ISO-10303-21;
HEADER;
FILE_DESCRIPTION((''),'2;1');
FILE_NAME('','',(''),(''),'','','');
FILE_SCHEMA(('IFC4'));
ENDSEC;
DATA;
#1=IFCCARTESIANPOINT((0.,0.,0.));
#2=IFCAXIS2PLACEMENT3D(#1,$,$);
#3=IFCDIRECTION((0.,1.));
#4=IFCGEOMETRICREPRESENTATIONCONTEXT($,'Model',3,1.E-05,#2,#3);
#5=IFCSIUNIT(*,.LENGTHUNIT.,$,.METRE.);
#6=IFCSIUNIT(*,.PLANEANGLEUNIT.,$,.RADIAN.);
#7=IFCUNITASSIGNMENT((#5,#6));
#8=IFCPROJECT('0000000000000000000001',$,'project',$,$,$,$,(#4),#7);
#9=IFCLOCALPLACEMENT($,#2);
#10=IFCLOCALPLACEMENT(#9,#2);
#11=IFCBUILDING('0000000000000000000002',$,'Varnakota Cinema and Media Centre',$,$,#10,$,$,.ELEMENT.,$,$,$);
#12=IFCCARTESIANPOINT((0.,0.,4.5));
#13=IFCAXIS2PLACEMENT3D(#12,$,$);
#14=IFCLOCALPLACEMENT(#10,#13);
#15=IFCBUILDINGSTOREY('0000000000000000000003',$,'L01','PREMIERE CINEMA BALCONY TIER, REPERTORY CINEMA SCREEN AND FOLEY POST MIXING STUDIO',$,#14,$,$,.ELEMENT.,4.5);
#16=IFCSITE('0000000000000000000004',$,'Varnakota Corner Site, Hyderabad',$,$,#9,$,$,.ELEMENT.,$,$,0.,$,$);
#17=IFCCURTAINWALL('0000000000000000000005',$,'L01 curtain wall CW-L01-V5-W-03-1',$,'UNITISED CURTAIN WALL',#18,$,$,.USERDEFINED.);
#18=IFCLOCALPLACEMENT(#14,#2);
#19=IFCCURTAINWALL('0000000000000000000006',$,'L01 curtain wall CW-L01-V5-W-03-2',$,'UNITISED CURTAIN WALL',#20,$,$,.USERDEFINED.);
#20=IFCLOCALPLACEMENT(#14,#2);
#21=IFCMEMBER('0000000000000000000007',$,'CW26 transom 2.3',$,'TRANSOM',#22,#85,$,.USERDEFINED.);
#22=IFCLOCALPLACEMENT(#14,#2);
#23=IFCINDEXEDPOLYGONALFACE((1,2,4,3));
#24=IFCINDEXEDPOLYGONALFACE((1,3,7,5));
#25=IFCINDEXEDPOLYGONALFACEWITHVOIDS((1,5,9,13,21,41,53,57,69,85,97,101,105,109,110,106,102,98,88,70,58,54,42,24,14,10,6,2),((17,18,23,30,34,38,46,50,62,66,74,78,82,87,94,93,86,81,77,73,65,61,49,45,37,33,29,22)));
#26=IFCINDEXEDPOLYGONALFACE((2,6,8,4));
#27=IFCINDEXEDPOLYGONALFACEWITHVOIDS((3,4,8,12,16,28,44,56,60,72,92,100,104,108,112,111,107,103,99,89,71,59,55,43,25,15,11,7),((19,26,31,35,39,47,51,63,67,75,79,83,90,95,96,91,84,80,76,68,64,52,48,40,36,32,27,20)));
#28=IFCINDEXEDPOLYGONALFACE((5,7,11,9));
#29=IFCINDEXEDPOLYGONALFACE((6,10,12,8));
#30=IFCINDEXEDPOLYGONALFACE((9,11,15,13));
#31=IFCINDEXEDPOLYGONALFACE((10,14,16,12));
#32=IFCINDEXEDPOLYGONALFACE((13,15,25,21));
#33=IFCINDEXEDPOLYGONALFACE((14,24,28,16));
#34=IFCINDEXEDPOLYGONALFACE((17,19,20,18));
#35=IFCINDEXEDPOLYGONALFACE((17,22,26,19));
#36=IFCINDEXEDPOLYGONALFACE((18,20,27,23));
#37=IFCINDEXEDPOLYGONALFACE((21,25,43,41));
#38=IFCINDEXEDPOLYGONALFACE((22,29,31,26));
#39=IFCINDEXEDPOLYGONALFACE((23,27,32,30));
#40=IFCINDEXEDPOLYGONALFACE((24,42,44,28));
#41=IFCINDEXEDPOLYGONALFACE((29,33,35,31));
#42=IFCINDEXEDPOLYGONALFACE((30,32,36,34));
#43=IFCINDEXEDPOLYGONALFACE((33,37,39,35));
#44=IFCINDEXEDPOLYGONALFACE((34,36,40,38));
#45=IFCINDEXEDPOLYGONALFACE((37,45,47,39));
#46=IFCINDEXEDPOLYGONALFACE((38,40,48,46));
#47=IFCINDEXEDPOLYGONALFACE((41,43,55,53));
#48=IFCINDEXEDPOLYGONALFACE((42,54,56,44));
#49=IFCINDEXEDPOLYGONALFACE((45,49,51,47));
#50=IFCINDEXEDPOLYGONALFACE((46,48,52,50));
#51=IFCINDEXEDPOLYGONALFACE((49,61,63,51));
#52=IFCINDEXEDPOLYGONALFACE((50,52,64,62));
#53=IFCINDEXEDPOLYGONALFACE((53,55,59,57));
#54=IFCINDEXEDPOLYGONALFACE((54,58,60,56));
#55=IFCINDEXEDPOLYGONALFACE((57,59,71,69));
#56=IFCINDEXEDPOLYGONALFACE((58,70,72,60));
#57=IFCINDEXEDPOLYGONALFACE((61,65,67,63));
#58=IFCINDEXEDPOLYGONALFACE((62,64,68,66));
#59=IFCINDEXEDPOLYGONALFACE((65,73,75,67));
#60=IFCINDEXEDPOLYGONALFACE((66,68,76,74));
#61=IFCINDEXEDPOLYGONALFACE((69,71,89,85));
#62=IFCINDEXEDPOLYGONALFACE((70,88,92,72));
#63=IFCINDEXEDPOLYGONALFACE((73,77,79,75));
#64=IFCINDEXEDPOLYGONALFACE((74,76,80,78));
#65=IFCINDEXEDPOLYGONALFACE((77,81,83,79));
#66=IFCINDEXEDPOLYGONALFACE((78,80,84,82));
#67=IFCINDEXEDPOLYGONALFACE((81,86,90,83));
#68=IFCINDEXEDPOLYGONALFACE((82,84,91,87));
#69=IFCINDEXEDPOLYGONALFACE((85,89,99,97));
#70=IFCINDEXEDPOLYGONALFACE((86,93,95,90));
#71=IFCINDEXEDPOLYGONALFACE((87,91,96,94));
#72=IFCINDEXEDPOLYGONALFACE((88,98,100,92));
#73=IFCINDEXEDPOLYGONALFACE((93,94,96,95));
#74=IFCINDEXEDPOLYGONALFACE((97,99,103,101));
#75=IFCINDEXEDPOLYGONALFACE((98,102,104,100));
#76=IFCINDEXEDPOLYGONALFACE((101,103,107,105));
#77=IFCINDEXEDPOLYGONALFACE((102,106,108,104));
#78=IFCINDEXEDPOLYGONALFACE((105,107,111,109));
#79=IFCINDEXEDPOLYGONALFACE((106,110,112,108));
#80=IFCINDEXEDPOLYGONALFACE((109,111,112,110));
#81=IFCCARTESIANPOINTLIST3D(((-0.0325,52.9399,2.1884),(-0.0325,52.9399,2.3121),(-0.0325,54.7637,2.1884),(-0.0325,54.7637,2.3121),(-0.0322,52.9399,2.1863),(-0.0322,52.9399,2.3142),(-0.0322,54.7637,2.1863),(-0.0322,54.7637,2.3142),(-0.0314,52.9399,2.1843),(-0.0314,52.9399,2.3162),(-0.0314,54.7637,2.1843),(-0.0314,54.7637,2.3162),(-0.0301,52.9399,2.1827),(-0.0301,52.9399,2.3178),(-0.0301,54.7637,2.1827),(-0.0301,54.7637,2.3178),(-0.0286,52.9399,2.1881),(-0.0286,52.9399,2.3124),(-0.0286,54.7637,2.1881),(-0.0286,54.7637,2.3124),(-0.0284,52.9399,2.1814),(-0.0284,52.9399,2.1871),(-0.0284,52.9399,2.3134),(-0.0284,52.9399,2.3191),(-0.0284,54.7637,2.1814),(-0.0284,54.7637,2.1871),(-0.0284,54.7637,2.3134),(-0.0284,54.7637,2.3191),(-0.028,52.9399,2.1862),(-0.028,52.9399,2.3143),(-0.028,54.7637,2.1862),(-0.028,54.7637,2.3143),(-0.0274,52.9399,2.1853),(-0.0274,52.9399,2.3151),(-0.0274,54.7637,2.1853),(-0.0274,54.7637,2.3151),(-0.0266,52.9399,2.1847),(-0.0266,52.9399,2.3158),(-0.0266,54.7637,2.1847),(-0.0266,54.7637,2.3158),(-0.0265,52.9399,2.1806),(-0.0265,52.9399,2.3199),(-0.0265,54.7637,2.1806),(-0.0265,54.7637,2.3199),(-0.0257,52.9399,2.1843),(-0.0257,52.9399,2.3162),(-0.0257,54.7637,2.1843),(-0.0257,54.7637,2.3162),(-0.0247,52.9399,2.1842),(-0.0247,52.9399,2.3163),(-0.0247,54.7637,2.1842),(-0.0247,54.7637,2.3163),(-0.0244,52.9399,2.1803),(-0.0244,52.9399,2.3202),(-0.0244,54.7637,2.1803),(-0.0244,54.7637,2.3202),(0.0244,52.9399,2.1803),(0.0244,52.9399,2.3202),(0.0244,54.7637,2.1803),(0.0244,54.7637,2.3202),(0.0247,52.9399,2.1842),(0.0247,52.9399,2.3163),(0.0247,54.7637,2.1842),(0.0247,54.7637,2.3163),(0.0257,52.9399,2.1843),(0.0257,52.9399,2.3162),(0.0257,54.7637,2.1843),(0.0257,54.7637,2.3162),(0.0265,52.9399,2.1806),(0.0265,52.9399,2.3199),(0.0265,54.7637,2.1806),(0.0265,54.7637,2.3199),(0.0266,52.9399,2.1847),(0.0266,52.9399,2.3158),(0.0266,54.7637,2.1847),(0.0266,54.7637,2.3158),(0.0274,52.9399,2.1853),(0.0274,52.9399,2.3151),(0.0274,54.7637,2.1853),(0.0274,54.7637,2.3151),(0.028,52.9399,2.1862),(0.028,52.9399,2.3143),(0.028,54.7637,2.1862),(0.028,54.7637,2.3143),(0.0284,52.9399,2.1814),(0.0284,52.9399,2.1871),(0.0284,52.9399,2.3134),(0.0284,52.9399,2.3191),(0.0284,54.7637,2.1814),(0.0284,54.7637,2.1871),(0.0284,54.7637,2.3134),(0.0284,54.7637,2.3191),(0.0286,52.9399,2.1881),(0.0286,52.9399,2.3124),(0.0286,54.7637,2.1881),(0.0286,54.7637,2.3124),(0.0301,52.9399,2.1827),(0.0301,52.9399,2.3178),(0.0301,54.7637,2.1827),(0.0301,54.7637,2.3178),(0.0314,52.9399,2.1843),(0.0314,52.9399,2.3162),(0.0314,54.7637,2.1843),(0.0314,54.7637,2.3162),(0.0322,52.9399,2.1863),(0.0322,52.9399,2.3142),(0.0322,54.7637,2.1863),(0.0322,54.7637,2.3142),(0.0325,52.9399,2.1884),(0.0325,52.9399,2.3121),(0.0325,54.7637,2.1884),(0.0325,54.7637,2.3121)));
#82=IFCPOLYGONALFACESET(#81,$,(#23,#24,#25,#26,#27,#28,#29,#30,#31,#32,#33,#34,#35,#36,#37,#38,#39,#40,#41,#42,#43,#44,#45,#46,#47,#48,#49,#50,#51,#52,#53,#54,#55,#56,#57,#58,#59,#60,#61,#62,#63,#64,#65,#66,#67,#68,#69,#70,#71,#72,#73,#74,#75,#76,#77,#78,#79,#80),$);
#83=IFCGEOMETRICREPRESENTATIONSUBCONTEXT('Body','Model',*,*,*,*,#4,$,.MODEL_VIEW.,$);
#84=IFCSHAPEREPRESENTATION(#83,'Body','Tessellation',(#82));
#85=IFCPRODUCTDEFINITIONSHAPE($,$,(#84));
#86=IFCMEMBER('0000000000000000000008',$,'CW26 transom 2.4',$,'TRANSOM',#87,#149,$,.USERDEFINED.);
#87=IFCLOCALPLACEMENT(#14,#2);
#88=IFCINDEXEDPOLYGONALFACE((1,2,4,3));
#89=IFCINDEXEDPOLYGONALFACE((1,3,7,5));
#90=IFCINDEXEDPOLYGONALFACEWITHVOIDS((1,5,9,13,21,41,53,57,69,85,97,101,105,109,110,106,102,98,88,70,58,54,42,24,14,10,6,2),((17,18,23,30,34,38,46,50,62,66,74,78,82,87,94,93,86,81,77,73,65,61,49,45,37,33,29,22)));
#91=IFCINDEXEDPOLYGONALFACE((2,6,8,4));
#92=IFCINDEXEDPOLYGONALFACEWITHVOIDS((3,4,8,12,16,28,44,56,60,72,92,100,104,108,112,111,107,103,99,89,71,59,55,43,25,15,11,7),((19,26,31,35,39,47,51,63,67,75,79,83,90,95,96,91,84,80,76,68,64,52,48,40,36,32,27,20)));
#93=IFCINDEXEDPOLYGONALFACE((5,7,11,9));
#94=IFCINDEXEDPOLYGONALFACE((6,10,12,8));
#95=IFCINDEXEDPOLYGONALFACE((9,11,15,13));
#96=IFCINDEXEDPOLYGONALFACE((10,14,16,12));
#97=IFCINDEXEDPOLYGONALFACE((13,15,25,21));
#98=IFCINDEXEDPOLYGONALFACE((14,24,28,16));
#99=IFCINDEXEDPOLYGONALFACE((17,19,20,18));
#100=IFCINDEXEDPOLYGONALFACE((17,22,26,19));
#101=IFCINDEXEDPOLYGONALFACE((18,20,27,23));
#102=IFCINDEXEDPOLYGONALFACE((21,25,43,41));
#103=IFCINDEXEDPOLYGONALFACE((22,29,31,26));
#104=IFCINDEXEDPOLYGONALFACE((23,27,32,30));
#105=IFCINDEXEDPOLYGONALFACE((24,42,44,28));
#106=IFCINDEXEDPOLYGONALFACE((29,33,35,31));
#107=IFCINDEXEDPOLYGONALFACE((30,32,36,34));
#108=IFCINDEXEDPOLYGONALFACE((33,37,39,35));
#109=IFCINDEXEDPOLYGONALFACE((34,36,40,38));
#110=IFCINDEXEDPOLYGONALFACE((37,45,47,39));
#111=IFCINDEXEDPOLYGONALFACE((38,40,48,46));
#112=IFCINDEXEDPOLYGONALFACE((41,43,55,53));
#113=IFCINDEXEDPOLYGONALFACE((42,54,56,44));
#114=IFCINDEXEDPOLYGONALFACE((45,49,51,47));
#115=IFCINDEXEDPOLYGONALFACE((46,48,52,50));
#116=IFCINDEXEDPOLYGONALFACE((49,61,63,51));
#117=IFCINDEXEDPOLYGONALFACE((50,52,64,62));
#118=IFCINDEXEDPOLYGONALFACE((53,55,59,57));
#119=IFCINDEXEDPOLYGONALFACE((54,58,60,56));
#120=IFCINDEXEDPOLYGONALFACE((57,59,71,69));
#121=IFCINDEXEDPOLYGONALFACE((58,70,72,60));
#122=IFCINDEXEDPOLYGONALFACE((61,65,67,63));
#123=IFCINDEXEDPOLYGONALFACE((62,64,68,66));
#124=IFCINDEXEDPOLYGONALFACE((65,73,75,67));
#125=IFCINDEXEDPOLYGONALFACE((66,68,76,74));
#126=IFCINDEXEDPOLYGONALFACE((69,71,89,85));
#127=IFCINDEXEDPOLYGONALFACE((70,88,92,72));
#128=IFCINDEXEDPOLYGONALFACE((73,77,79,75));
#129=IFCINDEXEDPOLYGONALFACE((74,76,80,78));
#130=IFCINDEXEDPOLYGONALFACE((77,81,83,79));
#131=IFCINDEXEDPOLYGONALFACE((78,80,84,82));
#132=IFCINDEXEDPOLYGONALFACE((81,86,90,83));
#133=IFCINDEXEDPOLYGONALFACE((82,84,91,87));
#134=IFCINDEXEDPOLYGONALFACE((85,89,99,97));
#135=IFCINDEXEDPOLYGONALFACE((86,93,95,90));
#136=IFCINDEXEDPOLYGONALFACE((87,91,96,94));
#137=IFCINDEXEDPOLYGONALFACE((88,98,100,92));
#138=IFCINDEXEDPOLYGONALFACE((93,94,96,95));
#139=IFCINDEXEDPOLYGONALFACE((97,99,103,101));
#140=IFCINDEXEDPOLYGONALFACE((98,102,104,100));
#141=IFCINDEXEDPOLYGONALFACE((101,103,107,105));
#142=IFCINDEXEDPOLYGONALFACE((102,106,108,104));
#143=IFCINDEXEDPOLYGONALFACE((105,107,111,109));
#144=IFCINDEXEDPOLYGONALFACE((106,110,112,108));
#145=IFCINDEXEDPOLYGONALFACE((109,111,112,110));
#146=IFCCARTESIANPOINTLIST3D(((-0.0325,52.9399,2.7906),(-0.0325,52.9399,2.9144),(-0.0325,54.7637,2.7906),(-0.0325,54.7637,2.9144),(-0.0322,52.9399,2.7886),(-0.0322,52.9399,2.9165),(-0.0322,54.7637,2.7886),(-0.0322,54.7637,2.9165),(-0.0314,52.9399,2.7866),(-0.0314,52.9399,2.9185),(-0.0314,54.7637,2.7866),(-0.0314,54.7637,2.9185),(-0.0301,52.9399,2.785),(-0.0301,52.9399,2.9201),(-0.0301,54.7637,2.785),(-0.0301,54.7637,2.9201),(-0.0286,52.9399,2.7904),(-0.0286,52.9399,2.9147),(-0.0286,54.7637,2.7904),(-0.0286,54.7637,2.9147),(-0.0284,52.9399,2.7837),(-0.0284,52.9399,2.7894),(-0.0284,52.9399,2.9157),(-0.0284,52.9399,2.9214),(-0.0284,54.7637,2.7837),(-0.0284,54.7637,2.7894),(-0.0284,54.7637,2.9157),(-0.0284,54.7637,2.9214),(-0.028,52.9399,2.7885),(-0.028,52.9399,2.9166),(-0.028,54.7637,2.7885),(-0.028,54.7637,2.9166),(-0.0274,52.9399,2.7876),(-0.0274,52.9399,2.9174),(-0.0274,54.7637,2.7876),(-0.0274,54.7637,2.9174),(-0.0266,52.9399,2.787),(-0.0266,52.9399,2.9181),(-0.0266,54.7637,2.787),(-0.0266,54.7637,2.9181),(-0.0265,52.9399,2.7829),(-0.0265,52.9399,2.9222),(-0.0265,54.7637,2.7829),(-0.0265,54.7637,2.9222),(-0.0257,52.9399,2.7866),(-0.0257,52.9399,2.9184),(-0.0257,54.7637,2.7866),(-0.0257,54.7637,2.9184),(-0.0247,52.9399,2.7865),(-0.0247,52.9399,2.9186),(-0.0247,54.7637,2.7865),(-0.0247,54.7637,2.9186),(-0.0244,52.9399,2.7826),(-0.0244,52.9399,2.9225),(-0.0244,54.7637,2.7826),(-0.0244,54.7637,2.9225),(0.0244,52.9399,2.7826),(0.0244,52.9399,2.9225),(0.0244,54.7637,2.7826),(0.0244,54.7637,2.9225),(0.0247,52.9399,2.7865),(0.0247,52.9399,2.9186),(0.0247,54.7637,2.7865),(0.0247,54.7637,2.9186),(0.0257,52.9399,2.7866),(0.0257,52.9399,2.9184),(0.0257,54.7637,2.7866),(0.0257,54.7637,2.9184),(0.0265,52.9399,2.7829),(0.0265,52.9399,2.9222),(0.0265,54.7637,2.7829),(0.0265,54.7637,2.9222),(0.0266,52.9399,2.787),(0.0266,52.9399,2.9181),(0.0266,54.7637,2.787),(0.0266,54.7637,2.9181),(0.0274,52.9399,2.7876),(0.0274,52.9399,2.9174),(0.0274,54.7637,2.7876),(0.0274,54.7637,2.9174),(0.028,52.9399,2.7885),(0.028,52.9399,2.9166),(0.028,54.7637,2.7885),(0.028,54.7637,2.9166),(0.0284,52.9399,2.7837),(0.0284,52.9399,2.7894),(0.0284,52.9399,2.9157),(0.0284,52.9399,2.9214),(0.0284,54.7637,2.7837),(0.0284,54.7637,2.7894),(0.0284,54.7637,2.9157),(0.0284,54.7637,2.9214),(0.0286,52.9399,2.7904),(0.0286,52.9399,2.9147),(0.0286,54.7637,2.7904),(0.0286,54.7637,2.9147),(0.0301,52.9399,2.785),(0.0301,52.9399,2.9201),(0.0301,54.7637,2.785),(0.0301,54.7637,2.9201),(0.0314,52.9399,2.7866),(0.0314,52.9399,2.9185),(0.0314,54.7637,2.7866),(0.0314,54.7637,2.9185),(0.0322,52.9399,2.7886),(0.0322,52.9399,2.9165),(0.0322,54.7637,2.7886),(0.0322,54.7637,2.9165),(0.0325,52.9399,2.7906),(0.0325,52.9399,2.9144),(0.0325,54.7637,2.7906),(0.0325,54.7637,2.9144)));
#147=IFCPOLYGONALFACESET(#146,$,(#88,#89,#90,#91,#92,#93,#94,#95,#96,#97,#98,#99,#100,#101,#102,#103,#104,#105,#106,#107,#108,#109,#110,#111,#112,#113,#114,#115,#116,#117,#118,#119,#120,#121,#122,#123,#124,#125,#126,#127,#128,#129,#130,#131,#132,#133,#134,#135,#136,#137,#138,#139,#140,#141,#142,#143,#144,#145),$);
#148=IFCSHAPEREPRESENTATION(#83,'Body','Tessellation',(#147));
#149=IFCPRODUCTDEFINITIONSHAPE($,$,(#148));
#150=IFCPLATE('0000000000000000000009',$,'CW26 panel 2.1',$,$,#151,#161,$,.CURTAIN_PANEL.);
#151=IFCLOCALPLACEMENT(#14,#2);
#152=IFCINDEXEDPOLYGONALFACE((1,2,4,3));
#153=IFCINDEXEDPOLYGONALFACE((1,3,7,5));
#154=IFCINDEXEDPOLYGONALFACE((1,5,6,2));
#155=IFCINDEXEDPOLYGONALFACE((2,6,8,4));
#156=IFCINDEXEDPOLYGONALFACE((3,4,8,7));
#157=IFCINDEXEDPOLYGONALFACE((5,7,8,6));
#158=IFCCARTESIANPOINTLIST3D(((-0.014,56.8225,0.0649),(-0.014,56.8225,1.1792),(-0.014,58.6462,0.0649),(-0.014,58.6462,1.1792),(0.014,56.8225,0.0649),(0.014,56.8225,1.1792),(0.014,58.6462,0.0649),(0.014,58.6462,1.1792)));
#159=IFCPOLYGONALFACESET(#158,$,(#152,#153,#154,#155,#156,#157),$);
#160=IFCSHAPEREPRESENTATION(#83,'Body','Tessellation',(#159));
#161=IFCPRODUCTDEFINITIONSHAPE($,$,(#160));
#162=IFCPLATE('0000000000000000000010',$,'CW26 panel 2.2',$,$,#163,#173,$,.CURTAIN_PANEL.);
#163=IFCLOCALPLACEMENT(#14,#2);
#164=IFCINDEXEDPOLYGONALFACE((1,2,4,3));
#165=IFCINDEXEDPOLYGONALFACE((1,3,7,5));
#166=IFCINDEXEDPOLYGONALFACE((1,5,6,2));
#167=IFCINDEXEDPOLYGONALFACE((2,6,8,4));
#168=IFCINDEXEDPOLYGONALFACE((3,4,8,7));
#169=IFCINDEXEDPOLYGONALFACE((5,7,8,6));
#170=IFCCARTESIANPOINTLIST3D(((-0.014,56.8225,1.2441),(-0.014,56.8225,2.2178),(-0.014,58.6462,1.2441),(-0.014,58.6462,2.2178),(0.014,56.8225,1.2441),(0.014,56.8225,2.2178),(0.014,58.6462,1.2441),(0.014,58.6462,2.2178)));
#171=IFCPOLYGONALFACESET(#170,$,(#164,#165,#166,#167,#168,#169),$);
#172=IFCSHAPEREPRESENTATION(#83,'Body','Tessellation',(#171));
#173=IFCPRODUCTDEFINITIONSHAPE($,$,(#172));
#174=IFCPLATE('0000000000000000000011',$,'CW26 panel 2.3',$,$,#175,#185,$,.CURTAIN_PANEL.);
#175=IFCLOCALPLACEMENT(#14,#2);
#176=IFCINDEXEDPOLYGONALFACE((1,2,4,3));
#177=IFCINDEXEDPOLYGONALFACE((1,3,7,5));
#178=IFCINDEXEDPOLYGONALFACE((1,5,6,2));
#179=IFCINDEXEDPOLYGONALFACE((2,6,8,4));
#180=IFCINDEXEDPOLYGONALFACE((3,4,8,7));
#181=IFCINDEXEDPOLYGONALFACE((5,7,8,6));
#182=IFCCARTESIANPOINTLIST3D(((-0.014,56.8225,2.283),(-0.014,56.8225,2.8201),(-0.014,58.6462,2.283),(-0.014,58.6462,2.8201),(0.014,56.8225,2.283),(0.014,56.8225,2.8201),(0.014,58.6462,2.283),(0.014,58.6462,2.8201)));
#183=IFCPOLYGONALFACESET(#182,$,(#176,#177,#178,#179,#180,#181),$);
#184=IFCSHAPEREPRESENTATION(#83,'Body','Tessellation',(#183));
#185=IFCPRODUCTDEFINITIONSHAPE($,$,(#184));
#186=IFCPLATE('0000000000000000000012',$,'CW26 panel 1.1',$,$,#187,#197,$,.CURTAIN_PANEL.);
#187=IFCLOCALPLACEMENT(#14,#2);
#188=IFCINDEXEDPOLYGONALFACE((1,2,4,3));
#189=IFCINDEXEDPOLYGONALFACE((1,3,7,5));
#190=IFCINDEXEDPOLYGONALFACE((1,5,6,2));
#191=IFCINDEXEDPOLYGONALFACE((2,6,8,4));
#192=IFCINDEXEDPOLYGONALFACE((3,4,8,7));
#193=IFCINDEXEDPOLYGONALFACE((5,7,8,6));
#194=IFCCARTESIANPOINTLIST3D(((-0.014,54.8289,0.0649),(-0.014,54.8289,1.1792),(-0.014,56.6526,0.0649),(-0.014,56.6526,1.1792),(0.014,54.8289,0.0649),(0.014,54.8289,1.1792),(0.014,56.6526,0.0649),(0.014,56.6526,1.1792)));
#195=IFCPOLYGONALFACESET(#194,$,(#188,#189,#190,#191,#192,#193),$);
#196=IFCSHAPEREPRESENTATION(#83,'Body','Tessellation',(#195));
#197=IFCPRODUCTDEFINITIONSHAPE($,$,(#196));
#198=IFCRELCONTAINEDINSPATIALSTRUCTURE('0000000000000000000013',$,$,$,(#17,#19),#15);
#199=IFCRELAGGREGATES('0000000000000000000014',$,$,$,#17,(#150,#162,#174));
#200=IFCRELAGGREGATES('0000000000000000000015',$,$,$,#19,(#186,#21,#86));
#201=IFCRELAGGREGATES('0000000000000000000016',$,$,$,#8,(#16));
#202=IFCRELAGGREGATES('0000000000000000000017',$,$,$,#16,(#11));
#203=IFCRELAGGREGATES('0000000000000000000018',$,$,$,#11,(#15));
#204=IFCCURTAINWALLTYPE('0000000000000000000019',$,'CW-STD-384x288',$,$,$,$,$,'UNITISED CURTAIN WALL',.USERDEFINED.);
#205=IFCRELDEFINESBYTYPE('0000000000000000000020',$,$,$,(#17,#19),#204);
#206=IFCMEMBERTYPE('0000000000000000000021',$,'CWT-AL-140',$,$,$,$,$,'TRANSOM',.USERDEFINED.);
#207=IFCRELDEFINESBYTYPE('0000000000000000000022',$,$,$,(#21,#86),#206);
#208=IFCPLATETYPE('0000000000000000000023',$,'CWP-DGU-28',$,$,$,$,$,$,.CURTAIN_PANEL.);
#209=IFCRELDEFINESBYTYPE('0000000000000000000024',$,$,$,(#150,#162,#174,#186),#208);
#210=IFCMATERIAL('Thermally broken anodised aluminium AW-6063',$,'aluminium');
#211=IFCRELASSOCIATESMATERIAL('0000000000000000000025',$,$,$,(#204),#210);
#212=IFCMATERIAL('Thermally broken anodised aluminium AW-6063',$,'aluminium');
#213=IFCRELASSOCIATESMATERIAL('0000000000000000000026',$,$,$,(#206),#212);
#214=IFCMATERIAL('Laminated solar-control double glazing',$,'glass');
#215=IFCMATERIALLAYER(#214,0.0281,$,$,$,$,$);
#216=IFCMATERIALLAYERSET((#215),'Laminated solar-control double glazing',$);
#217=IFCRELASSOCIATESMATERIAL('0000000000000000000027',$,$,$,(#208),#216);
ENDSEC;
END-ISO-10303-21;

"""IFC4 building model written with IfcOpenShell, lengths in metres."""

from ifc_helpers import new_model, si_unit, direction, frame, origin, origin_2d, place, context, subcontext, project, spatial, rectangle, hollow_rectangle, extrude, material, layer, layer_set, material_profile, profile_set, type_object, element, aggregate, save


model = new_model("IFC4")

# Units and contexts
model_context = context("Model", 3, precision=1e-05, world=origin(), true_north=direction((0.0, 1.0)))
body_context = subcontext(model_context, "Body", "Model", "MODEL_VIEW")
ifc_project = project(units=[si_unit("LENGTHUNIT", "METRE"), si_unit("PLANEANGLEUNIT", "RADIAN")], contexts=[model_context])

# Site, building, storey
site_placement = place(None, origin())
site = spatial("IfcSite", under=ifc_project, at=site_placement, Name="Varnakota Corner Site, Hyderabad", CompositionType="ELEMENT", RefElevation=0.0)
building_placement = place(site_placement, origin())
building = spatial("IfcBuilding", under=site, at=building_placement, Name="Varnakota Cinema and Media Centre", CompositionType="ELEMENT")
storey_placement = place(building_placement, frame((0.0, 0.0, 4.5)))
storey = spatial("IfcBuildingStorey", under=building, at=storey_placement, Name="L01", Description="PREMIERE CINEMA BALCONY TIER, REPERTORY CINEMA SCREEN AND FOLEY POST MIXING STUDIO", CompositionType="ELEMENT", Elevation=4.5)

# Curtain wall
ifc_material_1 = material(Name="Thermally broken anodised aluminium AW-6063", Category="aluminium")
curtain_wall_type = type_object("IfcCurtainWallType", Name="CW-STD-384x288", ElementType="UNITISED CURTAIN WALL", PredefinedType="USERDEFINED", material=ifc_material_1)
curtain_wall_1_placement = place(storey_placement, origin())
curtain_wall_1 = element("IfcCurtainWall", 1, at=curtain_wall_1_placement, inside=storey, type_object=curtain_wall_type, Name="L01 curtain wall CW-L01-V5-W-03-1", ObjectType="UNITISED CURTAIN WALL", PredefinedType="USERDEFINED")

# Curtain wall, members
curtain_wall_2_placement = place(storey_placement, origin())
curtain_wall_2 = element("IfcCurtainWall", 2, at=curtain_wall_2_placement, inside=storey, type_object=curtain_wall_type, Name="L01 curtain wall CW-L01-V5-W-03-2", ObjectType="UNITISED CURTAIN WALL", PredefinedType="USERDEFINED")
ifc_material_2 = material(Name="Thermally broken anodised aluminium AW-6063", Category="aluminium")
ifc_material_profile_1 = material_profile(ifc_material_2, hollow_rectangle(XDim=0.0649, YDim=0.1399, WallThickness=0.0039, InnerFilletRadius=0.0039, OuterFilletRadius=0.0081, at=origin_2d()), Name="AL-TRANSOM 140x65x4")
ifc_profile_set_1 = profile_set([ifc_material_profile_1], Name="Thermally broken anodised aluminium AW-6063")
member_type_1 = type_object("IfcMemberType", Name="CWT-AL-140", ElementType="TRANSOM", PredefinedType="USERDEFINED", material=ifc_profile_set_1)
member_1_placement = place(storey_placement, frame((0.0, 54.7637, 2.2502), z_axis=(0.0, -1.0, 0.0), x_axis=(1.0, 0.0, 0.0)))
member_1 = element("IfcMember", 3, at=member_1_placement, type_object=member_type_1, Name="CW26 transom 2.3", ObjectType="TRANSOM", PredefinedType="USERDEFINED", context=body_context, shape_type="SweptSolid", body=[
    extrude(hollow_rectangle(XDim=0.0649, YDim=0.1399, WallThickness=0.0039, InnerFilletRadius=0.0039, OuterFilletRadius=0.0081, at=origin_2d()), origin(), (0.0, 0.0, 1.0), 1.8237),
])
member_2_placement = place(storey_placement, frame((0.0, 54.7637, 2.8525), z_axis=(0.0, -1.0, 0.0), x_axis=(1.0, 0.0, 0.0)))
member_2 = element("IfcMember", 4, at=member_2_placement, type_object=member_type_1, Name="CW26 transom 2.4", ObjectType="TRANSOM", PredefinedType="USERDEFINED", context=body_context, shape_type="SweptSolid", body=[
    extrude(hollow_rectangle(XDim=0.0649, YDim=0.1399, WallThickness=0.0039, InnerFilletRadius=0.0039, OuterFilletRadius=0.0081, at=origin_2d()), origin(), (0.0, 0.0, 1.0), 1.8237),
])

# Plates
ifc_material_3 = material(Name="Laminated solar-control double glazing", Category="glass")
ifc_layer_1 = layer(ifc_material_3, 0.0281)
ifc_layer_set_1 = layer_set([ifc_layer_1], Name="Laminated solar-control double glazing")
plate_type = type_object("IfcPlateType", Name="CWP-DGU-28", PredefinedType="CURTAIN_PANEL", material=ifc_layer_set_1)
plate_1_placement = place(storey_placement, frame((0.0, 57.7344, 0.0649), z_axis=(0.0, 0.0, 1.0), x_axis=(0.0, -1.0, 0.0)))
plate_1 = element("IfcPlate", 5, at=plate_1_placement, type_object=plate_type, Name="CW26 panel 2.1", PredefinedType="CURTAIN_PANEL", context=body_context, shape_type="SweptSolid", body=[
    extrude(rectangle(XDim=1.8237, YDim=0.0281, at=origin_2d()), origin(), (0.0, 0.0, 1.0), 1.1143),
])
plate_2_placement = place(storey_placement, frame((0.0, 57.7344, 1.2441), z_axis=(0.0, 0.0, 1.0), x_axis=(0.0, -1.0, 0.0)))
plate_2 = element("IfcPlate", 6, at=plate_2_placement, type_object=plate_type, Name="CW26 panel 2.2", PredefinedType="CURTAIN_PANEL", context=body_context, shape_type="SweptSolid", body=[
    extrude(rectangle(XDim=1.8237, YDim=0.0281, at=origin_2d()), origin(), (0.0, 0.0, 1.0), 0.9736),
])
plate_3_placement = place(storey_placement, frame((0.0, 57.7344, 2.283), z_axis=(0.0, 0.0, 1.0), x_axis=(0.0, -1.0, 0.0)))
plate_3 = element("IfcPlate", 7, at=plate_3_placement, type_object=plate_type, Name="CW26 panel 2.3", PredefinedType="CURTAIN_PANEL", context=body_context, shape_type="SweptSolid", body=[
    extrude(rectangle(XDim=1.8237, YDim=0.0281, at=origin_2d()), origin(), (0.0, 0.0, 1.0), 0.5371),
])
aggregate(curtain_wall_1, [plate_1, plate_2, plate_3])
plate_4_placement = place(storey_placement, frame((0.0, 55.7407, 0.0649), z_axis=(0.0, 0.0, 1.0), x_axis=(0.0, -1.0, 0.0)))
plate_4 = element("IfcPlate", 8, at=plate_4_placement, type_object=plate_type, Name="CW26 panel 1.1", PredefinedType="CURTAIN_PANEL", context=body_context, shape_type="SweptSolid", body=[
    extrude(rectangle(XDim=1.8237, YDim=0.0281, at=origin_2d()), origin(), (0.0, 0.0, 1.0), 1.1143),
])
aggregate(curtain_wall_2, [plate_4, member_1, member_2])

save(model, "model.ifc")
